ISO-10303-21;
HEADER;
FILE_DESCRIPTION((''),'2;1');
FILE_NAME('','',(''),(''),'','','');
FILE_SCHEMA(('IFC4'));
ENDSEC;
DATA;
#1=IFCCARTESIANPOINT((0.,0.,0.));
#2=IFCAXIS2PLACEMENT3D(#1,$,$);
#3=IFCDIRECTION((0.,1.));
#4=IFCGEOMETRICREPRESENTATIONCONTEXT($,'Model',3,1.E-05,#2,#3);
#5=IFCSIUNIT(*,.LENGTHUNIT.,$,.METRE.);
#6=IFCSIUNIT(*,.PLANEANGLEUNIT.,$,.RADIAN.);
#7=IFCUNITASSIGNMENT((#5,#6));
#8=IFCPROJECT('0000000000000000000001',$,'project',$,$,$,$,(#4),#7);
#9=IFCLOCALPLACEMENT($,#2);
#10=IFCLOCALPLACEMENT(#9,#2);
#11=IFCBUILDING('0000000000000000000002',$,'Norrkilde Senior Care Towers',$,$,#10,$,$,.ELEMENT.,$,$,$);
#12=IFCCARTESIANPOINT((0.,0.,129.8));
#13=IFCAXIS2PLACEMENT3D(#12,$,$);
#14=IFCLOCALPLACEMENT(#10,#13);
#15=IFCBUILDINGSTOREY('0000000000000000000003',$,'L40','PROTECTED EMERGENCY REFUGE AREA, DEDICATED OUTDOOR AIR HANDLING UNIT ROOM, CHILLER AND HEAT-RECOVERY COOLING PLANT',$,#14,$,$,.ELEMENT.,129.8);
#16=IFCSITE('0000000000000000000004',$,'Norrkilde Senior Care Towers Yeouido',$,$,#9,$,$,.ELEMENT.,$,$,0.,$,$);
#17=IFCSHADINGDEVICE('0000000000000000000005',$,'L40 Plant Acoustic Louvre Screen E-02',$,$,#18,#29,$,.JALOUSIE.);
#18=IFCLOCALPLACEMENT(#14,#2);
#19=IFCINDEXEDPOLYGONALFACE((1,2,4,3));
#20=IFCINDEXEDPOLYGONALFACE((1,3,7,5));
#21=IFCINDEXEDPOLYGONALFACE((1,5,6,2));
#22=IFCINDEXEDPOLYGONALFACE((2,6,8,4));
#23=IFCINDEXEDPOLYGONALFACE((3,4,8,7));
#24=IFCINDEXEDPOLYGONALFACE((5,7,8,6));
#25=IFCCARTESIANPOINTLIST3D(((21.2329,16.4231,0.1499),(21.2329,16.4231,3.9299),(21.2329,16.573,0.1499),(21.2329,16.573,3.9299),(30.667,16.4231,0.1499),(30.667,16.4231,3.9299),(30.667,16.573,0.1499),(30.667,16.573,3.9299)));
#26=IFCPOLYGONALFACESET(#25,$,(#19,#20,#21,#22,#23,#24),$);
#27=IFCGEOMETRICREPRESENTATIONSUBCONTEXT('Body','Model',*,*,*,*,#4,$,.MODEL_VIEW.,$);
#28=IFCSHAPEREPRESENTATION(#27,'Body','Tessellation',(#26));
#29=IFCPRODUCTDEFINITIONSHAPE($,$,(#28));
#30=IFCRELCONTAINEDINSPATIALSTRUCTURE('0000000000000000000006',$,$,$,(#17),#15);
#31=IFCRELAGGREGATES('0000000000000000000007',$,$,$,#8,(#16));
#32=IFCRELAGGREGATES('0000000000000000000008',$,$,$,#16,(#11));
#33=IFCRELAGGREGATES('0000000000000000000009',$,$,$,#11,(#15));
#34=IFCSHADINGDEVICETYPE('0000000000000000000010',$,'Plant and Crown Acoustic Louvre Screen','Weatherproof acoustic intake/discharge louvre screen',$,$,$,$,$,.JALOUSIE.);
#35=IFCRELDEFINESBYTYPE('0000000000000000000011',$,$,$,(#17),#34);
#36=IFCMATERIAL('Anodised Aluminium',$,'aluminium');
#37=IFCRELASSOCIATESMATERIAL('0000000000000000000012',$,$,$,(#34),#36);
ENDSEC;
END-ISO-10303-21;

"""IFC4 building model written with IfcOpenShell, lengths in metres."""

from ifc_helpers import new_model, si_unit, direction, frame, origin, origin_2d, place, context, subcontext, project, spatial, rectangle, extrude, source, transform, mapped, material, type_object, type_shapes, element, save


model = new_model("IFC4")

# Units and contexts
model_context = context("Model", 3, precision=1e-05, world=origin(), true_north=direction((0.0, 1.0)))
body_context = subcontext(model_context, "Body", "Model", "MODEL_VIEW")
ifc_project = project(units=[si_unit("LENGTHUNIT", "METRE"), si_unit("PLANEANGLEUNIT", "RADIAN")], contexts=[model_context])

# Site, building, storey
site_placement = place(None, origin())
site = spatial("IfcSite", under=ifc_project, at=site_placement, Name="Norrkilde Senior Care Towers Yeouido", CompositionType="ELEMENT", RefElevation=0.0)
building_placement = place(site_placement, origin())
building = spatial("IfcBuilding", under=site, at=building_placement, Name="Norrkilde Senior Care Towers", CompositionType="ELEMENT")
storey_placement = place(building_placement, frame((0.0, 0.0, 129.8)))
storey = spatial("IfcBuildingStorey", under=building, at=storey_placement, Name="L40", Description="PROTECTED EMERGENCY REFUGE AREA, DEDICATED OUTDOOR AIR HANDLING UNIT ROOM, CHILLER AND HEAT-RECOVERY COOLING PLANT", CompositionType="ELEMENT", Elevation=129.8)

# Shared definitions
ifc_material_1 = material(Name="Anodised Aluminium", Category="aluminium")

# Shading device
shading_device_type = type_object("IfcShadingDeviceType", Name="Plant and Crown Acoustic Louvre Screen", Description="Weatherproof acoustic intake/discharge louvre screen", PredefinedType="JALOUSIE", material=ifc_material_1)
shared_shape_1 = source(origin(), body_context, "Body", "SweptSolid", [
    extrude(rectangle(XDim=9.4341, YDim=0.1499, at=origin_2d()), origin(), (0.0, 0.0, 1.0), 3.78),
])
type_shapes(shading_device_type, [shared_shape_1])
shading_device_placement = place(storey_placement, frame((25.95, 16.498, 0.1499), z_axis=(0.0, 0.0, 1.0), x_axis=(1.0, 0.0, 0.0)))
element("IfcShadingDevice", 1, at=shading_device_placement, inside=storey, type_object=shading_device_type, Name="L40 Plant Acoustic Louvre Screen E-02", PredefinedType="JALOUSIE", context=body_context, shape_type="MappedRepresentation", body=[
    mapped(shared_shape_1, transform((0.0, 0.0, 0.0), x_axis=(1.0, 0.0, 0.0), y_axis=(0.0, 1.0, 0.0), z_axis=(0.0, 0.0, 1.0), scale=1.0)),
])

save(model, "model.ifc")
